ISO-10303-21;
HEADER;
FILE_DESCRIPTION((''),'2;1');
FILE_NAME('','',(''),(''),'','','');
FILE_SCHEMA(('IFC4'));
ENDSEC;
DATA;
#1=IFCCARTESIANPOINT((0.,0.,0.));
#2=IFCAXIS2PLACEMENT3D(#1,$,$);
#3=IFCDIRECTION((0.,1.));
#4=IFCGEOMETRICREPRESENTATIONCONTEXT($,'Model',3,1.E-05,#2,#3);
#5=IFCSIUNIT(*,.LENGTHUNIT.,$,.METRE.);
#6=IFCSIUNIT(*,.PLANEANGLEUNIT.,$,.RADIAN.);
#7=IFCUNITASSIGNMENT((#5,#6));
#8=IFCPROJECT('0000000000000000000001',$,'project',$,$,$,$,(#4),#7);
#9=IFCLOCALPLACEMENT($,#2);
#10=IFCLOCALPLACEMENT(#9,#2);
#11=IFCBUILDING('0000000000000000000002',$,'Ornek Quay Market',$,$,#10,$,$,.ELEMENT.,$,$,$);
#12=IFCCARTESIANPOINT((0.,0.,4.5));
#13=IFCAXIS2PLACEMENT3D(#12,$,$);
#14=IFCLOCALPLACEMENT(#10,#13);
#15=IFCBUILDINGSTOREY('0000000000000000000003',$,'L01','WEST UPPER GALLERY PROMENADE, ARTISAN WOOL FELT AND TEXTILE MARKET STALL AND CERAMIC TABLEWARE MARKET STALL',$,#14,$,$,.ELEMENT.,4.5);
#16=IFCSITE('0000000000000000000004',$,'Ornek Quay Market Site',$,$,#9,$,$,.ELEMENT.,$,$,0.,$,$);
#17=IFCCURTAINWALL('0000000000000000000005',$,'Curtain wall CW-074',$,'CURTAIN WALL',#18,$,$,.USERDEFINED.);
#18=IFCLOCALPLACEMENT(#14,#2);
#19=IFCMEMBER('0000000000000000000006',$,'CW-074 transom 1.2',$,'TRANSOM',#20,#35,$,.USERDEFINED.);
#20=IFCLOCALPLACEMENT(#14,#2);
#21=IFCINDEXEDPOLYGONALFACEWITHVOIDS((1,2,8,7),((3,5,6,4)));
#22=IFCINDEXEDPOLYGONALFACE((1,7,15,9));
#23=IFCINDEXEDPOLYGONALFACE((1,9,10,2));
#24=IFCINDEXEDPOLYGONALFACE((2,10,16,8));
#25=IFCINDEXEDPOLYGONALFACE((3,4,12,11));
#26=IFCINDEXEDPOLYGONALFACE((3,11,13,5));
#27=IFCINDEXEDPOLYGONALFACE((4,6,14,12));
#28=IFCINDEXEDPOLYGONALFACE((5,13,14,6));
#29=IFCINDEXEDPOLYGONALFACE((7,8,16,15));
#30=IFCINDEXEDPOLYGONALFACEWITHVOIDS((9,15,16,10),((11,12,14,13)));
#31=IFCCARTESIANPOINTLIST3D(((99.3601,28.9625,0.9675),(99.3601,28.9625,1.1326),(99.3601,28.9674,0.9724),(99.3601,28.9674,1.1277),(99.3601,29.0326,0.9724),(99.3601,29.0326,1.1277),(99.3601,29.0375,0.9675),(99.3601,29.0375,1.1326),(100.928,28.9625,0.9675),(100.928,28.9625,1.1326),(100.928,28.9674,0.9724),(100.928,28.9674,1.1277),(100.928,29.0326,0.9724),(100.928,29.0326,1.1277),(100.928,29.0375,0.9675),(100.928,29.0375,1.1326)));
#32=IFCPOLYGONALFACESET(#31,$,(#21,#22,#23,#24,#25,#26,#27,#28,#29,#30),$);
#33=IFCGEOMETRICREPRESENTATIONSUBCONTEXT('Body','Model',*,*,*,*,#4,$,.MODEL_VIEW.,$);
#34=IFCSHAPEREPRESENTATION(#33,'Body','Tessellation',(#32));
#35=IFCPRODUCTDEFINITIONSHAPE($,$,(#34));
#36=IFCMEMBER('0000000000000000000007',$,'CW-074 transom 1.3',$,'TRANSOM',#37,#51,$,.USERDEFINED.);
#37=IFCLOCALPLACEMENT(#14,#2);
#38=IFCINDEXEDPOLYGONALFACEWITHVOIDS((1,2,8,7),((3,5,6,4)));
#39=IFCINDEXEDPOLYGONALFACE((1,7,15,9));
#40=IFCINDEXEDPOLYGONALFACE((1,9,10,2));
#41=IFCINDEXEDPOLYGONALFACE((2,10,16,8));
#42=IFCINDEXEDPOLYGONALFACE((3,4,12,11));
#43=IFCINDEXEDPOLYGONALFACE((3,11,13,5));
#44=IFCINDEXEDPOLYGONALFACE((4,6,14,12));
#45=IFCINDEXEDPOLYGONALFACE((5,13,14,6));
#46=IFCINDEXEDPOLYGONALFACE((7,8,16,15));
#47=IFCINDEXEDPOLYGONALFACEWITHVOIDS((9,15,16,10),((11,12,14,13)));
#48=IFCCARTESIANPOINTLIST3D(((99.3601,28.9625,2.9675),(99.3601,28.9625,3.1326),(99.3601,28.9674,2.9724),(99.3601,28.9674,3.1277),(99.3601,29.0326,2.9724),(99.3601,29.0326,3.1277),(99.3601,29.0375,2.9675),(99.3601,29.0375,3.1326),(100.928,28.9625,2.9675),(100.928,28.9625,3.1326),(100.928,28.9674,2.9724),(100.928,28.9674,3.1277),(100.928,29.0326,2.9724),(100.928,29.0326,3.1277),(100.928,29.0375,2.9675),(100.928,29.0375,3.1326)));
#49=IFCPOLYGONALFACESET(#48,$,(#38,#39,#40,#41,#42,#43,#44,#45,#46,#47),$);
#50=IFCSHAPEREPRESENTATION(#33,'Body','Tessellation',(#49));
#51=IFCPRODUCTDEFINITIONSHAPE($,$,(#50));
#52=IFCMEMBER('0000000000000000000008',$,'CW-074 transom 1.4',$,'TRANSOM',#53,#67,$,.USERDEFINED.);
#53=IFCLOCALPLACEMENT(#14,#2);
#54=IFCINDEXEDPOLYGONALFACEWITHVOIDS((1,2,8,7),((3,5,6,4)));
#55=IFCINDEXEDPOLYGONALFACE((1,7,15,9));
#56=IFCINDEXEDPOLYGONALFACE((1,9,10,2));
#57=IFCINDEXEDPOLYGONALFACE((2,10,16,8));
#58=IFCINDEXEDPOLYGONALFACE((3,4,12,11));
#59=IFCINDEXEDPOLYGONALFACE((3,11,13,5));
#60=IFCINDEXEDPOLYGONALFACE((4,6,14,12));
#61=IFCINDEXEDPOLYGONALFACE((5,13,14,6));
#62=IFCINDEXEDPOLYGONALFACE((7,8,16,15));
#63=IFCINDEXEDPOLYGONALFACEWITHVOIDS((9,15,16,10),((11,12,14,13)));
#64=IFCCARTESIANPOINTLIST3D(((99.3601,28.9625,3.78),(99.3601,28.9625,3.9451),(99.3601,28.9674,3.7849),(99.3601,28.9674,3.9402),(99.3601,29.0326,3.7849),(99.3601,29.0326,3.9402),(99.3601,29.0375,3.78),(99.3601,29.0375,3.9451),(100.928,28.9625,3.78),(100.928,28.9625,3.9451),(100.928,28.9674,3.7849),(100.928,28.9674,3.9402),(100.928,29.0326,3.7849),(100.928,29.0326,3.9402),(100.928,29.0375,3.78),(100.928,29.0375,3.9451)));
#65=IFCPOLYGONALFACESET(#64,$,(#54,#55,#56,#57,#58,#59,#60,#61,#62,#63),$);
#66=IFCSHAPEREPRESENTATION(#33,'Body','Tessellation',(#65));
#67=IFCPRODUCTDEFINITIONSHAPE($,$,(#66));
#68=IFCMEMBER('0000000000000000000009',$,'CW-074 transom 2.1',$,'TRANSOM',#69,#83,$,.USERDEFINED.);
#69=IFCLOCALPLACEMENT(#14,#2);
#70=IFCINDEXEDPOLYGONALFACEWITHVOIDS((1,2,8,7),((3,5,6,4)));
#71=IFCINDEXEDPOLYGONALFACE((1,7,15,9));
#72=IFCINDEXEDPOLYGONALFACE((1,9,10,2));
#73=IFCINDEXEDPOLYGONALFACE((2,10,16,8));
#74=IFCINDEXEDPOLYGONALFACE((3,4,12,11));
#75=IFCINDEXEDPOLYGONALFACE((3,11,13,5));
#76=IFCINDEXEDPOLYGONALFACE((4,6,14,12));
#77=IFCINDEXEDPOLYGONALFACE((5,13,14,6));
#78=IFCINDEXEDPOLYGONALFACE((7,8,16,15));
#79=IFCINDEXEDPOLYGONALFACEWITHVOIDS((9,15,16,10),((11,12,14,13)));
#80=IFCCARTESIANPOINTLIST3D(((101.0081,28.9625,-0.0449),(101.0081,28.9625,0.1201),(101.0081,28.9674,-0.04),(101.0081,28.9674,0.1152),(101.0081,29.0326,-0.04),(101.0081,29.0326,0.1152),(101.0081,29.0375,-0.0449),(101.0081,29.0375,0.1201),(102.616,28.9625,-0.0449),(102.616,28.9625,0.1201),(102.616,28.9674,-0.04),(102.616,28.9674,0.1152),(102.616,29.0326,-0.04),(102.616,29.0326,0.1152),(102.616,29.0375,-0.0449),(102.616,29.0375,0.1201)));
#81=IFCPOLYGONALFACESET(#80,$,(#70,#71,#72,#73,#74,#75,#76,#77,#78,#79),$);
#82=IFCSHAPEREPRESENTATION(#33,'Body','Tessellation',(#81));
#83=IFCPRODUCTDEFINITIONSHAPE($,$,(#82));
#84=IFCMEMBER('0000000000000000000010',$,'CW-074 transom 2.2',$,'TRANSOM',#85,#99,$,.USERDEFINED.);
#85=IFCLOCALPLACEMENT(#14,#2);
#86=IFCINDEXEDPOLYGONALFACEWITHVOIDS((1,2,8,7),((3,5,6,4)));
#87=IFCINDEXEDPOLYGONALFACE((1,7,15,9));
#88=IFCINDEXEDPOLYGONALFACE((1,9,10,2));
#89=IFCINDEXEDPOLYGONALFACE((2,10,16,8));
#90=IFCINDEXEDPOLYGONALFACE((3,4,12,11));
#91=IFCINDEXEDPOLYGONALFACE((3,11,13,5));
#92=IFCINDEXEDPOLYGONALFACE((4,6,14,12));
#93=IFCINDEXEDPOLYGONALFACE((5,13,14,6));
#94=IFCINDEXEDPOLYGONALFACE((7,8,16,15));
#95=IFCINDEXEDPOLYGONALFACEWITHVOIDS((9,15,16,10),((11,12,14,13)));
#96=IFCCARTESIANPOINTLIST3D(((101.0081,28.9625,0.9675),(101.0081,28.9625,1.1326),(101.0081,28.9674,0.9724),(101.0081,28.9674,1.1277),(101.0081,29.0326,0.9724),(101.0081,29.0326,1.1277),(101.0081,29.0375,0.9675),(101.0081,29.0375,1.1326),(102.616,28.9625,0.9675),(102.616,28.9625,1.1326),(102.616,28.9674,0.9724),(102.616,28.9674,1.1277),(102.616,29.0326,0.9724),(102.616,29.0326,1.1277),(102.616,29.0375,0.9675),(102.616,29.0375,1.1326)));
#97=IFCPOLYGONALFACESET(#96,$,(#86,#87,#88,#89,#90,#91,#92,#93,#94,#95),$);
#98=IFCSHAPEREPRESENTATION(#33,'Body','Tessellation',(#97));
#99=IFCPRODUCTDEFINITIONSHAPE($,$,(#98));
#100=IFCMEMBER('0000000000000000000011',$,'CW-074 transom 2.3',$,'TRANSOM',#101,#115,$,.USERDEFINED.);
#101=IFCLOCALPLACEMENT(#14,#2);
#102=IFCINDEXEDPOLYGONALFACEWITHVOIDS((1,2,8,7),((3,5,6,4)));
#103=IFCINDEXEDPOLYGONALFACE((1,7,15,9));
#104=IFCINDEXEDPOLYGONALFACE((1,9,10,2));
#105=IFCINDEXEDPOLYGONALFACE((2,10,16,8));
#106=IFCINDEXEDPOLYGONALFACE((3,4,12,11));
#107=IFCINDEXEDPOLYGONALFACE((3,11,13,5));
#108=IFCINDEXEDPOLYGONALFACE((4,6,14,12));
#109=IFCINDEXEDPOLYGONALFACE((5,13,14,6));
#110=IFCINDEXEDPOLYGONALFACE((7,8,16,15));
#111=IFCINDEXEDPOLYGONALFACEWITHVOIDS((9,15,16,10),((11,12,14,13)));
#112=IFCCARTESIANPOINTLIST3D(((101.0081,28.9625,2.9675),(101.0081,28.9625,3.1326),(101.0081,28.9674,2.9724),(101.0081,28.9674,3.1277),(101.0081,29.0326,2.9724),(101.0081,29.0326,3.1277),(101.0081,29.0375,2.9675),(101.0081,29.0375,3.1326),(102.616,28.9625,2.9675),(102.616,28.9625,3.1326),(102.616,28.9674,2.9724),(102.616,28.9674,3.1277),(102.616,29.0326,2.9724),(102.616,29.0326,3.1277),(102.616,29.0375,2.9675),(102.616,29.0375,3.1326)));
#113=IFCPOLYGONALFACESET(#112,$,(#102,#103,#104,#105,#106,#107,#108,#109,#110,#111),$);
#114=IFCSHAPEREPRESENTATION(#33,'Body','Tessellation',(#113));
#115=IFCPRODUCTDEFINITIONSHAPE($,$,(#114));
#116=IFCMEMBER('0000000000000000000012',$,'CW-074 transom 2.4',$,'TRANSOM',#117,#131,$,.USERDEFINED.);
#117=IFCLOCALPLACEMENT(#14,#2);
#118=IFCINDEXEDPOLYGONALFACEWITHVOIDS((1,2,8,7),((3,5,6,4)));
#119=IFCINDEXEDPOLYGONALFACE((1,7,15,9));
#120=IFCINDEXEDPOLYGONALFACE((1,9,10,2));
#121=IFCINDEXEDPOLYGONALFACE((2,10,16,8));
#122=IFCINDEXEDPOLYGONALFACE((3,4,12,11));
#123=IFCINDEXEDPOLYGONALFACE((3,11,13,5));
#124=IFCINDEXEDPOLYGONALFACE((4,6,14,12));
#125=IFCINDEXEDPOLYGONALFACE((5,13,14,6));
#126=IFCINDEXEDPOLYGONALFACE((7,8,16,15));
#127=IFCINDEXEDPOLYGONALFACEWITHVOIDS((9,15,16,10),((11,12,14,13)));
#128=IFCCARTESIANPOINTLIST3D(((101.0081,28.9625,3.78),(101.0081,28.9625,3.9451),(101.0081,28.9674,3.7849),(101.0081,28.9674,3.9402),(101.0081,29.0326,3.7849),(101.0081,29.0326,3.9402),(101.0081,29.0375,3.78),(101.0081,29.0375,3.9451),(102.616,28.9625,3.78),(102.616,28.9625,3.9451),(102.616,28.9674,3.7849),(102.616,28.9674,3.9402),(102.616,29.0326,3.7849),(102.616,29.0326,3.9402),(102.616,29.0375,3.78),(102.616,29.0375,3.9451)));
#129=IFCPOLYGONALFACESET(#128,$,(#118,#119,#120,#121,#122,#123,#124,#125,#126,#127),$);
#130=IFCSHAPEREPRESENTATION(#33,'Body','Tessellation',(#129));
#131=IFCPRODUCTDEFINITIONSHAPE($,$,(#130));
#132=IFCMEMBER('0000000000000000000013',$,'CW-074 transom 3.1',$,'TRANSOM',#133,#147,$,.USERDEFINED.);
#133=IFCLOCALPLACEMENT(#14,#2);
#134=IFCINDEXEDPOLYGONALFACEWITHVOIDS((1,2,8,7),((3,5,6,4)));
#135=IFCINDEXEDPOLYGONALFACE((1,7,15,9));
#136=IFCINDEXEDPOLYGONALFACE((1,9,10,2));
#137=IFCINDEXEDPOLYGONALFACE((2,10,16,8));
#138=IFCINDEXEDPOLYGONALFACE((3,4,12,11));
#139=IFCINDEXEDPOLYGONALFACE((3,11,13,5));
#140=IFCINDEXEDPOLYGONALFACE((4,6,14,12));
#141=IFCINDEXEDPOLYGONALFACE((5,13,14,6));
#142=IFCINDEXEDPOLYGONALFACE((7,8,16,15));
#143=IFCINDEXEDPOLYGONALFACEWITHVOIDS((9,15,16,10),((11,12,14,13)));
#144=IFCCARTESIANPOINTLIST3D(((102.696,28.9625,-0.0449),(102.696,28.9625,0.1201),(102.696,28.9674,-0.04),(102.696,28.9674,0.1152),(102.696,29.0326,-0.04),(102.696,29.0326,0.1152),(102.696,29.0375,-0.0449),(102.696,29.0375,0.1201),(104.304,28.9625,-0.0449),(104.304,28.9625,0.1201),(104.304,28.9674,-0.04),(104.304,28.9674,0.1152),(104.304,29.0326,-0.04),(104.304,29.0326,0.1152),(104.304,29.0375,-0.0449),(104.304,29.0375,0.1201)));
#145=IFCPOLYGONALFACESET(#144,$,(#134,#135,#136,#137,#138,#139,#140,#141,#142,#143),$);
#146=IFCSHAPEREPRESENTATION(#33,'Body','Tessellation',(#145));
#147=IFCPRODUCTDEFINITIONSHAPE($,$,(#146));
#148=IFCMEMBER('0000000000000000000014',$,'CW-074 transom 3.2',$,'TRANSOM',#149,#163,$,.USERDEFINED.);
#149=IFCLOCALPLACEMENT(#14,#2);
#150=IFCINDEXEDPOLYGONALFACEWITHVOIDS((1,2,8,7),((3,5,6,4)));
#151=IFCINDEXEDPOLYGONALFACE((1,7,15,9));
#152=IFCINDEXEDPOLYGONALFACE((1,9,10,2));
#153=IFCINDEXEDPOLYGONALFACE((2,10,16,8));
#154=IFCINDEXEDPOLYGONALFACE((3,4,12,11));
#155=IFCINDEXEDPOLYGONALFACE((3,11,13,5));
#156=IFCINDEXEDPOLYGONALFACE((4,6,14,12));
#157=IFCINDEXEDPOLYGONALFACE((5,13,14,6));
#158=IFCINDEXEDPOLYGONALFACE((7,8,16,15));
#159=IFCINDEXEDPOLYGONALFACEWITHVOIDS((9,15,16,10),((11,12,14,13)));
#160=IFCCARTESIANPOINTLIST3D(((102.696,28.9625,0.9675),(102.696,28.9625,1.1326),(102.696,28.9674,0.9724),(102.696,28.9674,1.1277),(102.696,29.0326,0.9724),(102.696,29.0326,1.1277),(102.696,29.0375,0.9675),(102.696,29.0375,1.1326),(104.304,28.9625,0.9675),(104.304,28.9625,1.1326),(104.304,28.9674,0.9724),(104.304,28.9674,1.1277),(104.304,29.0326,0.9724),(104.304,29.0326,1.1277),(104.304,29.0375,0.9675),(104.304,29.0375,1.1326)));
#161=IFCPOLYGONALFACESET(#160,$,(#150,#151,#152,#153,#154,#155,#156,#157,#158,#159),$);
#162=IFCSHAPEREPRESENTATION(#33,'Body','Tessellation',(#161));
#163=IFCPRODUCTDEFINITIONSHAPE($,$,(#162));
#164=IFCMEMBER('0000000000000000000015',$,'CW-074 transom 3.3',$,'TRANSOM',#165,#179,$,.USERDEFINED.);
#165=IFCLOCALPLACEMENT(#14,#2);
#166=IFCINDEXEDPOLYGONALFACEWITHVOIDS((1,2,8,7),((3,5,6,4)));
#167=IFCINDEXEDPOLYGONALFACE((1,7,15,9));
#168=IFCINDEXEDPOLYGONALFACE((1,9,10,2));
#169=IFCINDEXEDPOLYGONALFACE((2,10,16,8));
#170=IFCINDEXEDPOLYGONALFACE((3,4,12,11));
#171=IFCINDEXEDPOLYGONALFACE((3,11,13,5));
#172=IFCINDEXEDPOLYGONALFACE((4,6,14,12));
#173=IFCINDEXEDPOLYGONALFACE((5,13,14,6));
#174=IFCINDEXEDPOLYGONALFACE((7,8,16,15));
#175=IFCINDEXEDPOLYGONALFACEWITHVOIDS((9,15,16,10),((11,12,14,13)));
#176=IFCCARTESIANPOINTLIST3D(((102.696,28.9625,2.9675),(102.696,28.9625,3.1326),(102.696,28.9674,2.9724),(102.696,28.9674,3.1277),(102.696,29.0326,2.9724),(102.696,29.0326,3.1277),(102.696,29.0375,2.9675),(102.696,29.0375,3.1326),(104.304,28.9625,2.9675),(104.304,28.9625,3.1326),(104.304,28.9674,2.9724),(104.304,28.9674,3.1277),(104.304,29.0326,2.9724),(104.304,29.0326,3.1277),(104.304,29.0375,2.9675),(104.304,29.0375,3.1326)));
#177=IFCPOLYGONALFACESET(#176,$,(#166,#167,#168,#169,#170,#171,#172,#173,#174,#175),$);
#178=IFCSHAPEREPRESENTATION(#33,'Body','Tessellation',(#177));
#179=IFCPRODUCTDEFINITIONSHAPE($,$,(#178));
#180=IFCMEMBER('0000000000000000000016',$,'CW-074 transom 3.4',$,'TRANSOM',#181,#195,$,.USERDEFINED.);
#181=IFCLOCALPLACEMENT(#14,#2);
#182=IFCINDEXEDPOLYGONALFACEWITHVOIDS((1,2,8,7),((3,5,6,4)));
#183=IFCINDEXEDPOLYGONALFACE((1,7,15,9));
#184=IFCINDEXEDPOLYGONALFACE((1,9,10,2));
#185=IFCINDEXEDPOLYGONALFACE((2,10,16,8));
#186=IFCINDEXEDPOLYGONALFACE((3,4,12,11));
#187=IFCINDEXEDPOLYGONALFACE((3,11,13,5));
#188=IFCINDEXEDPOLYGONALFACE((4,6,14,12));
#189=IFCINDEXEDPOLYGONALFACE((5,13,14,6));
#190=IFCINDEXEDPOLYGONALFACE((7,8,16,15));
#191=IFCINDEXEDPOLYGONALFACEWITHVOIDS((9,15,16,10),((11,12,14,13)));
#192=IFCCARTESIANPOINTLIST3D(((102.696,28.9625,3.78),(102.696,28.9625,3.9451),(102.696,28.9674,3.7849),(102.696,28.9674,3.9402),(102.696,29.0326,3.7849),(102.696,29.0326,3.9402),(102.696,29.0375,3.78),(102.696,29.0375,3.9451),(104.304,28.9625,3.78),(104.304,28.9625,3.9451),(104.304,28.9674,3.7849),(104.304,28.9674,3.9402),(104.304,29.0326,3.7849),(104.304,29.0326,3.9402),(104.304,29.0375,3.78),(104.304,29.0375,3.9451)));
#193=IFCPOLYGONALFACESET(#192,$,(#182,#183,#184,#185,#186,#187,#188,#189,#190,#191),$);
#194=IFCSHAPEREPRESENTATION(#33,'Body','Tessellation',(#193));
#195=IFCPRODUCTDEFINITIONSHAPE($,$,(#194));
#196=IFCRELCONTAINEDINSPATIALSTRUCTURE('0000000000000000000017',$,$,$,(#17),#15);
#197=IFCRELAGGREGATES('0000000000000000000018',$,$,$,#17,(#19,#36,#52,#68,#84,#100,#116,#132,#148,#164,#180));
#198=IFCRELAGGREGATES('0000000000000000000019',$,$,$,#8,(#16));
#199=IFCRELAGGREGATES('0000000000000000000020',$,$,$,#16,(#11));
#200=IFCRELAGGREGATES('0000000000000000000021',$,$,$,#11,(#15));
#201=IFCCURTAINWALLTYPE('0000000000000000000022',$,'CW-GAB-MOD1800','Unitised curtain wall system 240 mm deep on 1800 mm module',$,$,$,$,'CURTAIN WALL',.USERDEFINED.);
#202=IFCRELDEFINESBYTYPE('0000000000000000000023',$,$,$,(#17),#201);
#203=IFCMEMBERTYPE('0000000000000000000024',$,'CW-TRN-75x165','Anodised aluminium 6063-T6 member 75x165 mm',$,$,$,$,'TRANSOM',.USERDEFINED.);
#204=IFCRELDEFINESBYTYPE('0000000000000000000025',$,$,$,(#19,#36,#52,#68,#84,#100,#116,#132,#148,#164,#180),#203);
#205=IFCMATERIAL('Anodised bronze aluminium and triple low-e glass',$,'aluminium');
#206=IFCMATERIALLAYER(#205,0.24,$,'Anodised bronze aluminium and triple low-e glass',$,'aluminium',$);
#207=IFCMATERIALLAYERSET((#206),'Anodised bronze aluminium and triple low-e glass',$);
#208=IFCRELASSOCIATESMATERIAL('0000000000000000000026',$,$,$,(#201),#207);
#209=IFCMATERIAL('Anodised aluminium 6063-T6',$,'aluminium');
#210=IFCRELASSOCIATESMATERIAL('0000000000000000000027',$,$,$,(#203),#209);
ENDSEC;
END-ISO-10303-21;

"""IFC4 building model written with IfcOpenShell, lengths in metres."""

from ifc_helpers import new_model, si_unit, direction, frame, origin, origin_2d, place, context, subcontext, project, spatial, hollow_rectangle, extrude, material, layer, layer_set, material_profile, profile_set, type_object, element, aggregate, save


model = new_model("IFC4")

# Units and contexts
model_context = context("Model", 3, precision=1e-05, world=origin(), true_north=direction((0.0, 1.0)))
body_context = subcontext(model_context, "Body", "Model", "MODEL_VIEW")
ifc_project = project(units=[si_unit("LENGTHUNIT", "METRE"), si_unit("PLANEANGLEUNIT", "RADIAN")], contexts=[model_context])

# Site, building, storey
site_placement = place(None, origin())
site = spatial("IfcSite", under=ifc_project, at=site_placement, Name="Ornek Quay Market Site", CompositionType="ELEMENT", RefElevation=0.0)
building_placement = place(site_placement, origin())
building = spatial("IfcBuilding", under=site, at=building_placement, Name="Ornek Quay Market", CompositionType="ELEMENT")
storey_placement = place(building_placement, frame((0.0, 0.0, 4.5)))
storey = spatial("IfcBuildingStorey", under=building, at=storey_placement, Name="L01", Description="WEST UPPER GALLERY PROMENADE, ARTISAN WOOL FELT AND TEXTILE MARKET STALL AND CERAMIC TABLEWARE MARKET STALL", CompositionType="ELEMENT", Elevation=4.5)

# Curtain wall
ifc_material_1 = material(Name="Anodised bronze aluminium and triple low-e glass", Category="aluminium")
ifc_layer_1 = layer(ifc_material_1, 0.24, Name="Anodised bronze aluminium and triple low-e glass", Category="aluminium")
ifc_layer_set_1 = layer_set([ifc_layer_1], Name="Anodised bronze aluminium and triple low-e glass")
curtain_wall_type = type_object("IfcCurtainWallType", Name="CW-GAB-MOD1800", Description="Unitised curtain wall system 240 mm deep on 1800 mm module", ElementType="CURTAIN WALL", PredefinedType="USERDEFINED", material=ifc_layer_set_1)
ifc_material_2 = material(Name="Anodised aluminium 6063-T6", Category="aluminium")
curtain_wall_1_placement = place(storey_placement, origin())
curtain_wall_1 = element("IfcCurtainWall", 1, at=curtain_wall_1_placement, inside=storey, type_object=curtain_wall_type, Name="Curtain wall CW-074", ObjectType="CURTAIN WALL", PredefinedType="USERDEFINED")

# Members
ifc_material_profile_1 = material_profile(ifc_material_2, hollow_rectangle(XDim=0.075, YDim=0.165, WallThickness=0.0049, at=origin_2d()), Name="CW-TRN-75x165", Category="aluminium")
ifc_profile_set_1 = profile_set([ifc_material_profile_1], Name="Anodised aluminium 6063-T6")
member_type_1 = type_object("IfcMemberType", Name="CW-TRN-75x165", Description="Anodised aluminium 6063-T6 member 75x165 mm", ElementType="TRANSOM", PredefinedType="USERDEFINED", material=ifc_profile_set_1)
member_1_placement = place(storey_placement, frame((99.3601, 29.0, 1.05), z_axis=(1.0, 0.0, 0.0), x_axis=(0.0, 1.0, 0.0)))
member_1 = element("IfcMember", 2, at=member_1_placement, type_object=member_type_1, Name="CW-074 transom 1.2", ObjectType="TRANSOM", PredefinedType="USERDEFINED", context=body_context, shape_type="SweptSolid", body=[
    extrude(hollow_rectangle(XDim=0.075, YDim=0.165, WallThickness=0.0049, at=origin_2d()), origin(), (0.0, 0.0, 1.0), 1.5679),
])
member_2_placement = place(storey_placement, frame((99.3601, 29.0, 3.05), z_axis=(1.0, 0.0, 0.0), x_axis=(0.0, 1.0, 0.0)))
member_2 = element("IfcMember", 3, at=member_2_placement, type_object=member_type_1, Name="CW-074 transom 1.3", ObjectType="TRANSOM", PredefinedType="USERDEFINED", context=body_context, shape_type="SweptSolid", body=[
    extrude(hollow_rectangle(XDim=0.075, YDim=0.165, WallThickness=0.0049, at=origin_2d()), origin(), (0.0, 0.0, 1.0), 1.5679),
])
member_3_placement = place(storey_placement, frame((99.3601, 29.0, 3.8625), z_axis=(1.0, 0.0, 0.0), x_axis=(0.0, 1.0, 0.0)))
member_3 = element("IfcMember", 4, at=member_3_placement, type_object=member_type_1, Name="CW-074 transom 1.4", ObjectType="TRANSOM", PredefinedType="USERDEFINED", context=body_context, shape_type="SweptSolid", body=[
    extrude(hollow_rectangle(XDim=0.075, YDim=0.165, WallThickness=0.0049, at=origin_2d()), origin(), (0.0, 0.0, 1.0), 1.5679),
])
member_4_placement = place(storey_placement, frame((101.0081, 29.0, 0.0376), z_axis=(1.0, 0.0, 0.0), x_axis=(0.0, 1.0, 0.0)))
member_4 = element("IfcMember", 5, at=member_4_placement, type_object=member_type_1, Name="CW-074 transom 2.1", ObjectType="TRANSOM", PredefinedType="USERDEFINED", context=body_context, shape_type="SweptSolid", body=[
    extrude(hollow_rectangle(XDim=0.075, YDim=0.165, WallThickness=0.0049, at=origin_2d()), origin(), (0.0, 0.0, 1.0), 1.6079),
])
member_5_placement = place(storey_placement, frame((101.0081, 29.0, 1.05), z_axis=(1.0, 0.0, 0.0), x_axis=(0.0, 1.0, 0.0)))
member_5 = element("IfcMember", 6, at=member_5_placement, type_object=member_type_1, Name="CW-074 transom 2.2", ObjectType="TRANSOM", PredefinedType="USERDEFINED", context=body_context, shape_type="SweptSolid", body=[
    extrude(hollow_rectangle(XDim=0.075, YDim=0.165, WallThickness=0.0049, at=origin_2d()), origin(), (0.0, 0.0, 1.0), 1.6079),
])
member_6_placement = place(storey_placement, frame((101.0081, 29.0, 3.05), z_axis=(1.0, 0.0, 0.0), x_axis=(0.0, 1.0, 0.0)))
member_6 = element("IfcMember", 7, at=member_6_placement, type_object=member_type_1, Name="CW-074 transom 2.3", ObjectType="TRANSOM", PredefinedType="USERDEFINED", context=body_context, shape_type="SweptSolid", body=[
    extrude(hollow_rectangle(XDim=0.075, YDim=0.165, WallThickness=0.0049, at=origin_2d()), origin(), (0.0, 0.0, 1.0), 1.6079),
])
member_7_placement = place(storey_placement, frame((101.0081, 29.0, 3.8625), z_axis=(1.0, 0.0, 0.0), x_axis=(0.0, 1.0, 0.0)))
member_7 = element("IfcMember", 8, at=member_7_placement, type_object=member_type_1, Name="CW-074 transom 2.4", ObjectType="TRANSOM", PredefinedType="USERDEFINED", context=body_context, shape_type="SweptSolid", body=[
    extrude(hollow_rectangle(XDim=0.075, YDim=0.165, WallThickness=0.0049, at=origin_2d()), origin(), (0.0, 0.0, 1.0), 1.6079),
])
member_8_placement = place(storey_placement, frame((102.696, 29.0, 0.0376), z_axis=(1.0, 0.0, 0.0), x_axis=(0.0, 1.0, 0.0)))
member_8 = element("IfcMember", 9, at=member_8_placement, type_object=member_type_1, Name="CW-074 transom 3.1", ObjectType="TRANSOM", PredefinedType="USERDEFINED", context=body_context, shape_type="SweptSolid", body=[
    extrude(hollow_rectangle(XDim=0.075, YDim=0.165, WallThickness=0.0049, at=origin_2d()), origin(), (0.0, 0.0, 1.0), 1.6079),
])
member_9_placement = place(storey_placement, frame((102.696, 29.0, 1.05), z_axis=(1.0, 0.0, 0.0), x_axis=(0.0, 1.0, 0.0)))
member_9 = element("IfcMember", 10, at=member_9_placement, type_object=member_type_1, Name="CW-074 transom 3.2", ObjectType="TRANSOM", PredefinedType="USERDEFINED", context=body_context, shape_type="SweptSolid", body=[
    extrude(hollow_rectangle(XDim=0.075, YDim=0.165, WallThickness=0.0049, at=origin_2d()), origin(), (0.0, 0.0, 1.0), 1.6079),
])
member_10_placement = place(storey_placement, frame((102.696, 29.0, 3.05), z_axis=(1.0, 0.0, 0.0), x_axis=(0.0, 1.0, 0.0)))
member_10 = element("IfcMember", 11, at=member_10_placement, type_object=member_type_1, Name="CW-074 transom 3.3", ObjectType="TRANSOM", PredefinedType="USERDEFINED", context=body_context, shape_type="SweptSolid", body=[
    extrude(hollow_rectangle(XDim=0.075, YDim=0.165, WallThickness=0.0049, at=origin_2d()), origin(), (0.0, 0.0, 1.0), 1.6079),
])
member_11_placement = place(storey_placement, frame((102.696, 29.0, 3.8625), z_axis=(1.0, 0.0, 0.0), x_axis=(0.0, 1.0, 0.0)))
member_11 = element("IfcMember", 12, at=member_11_placement, type_object=member_type_1, Name="CW-074 transom 3.4", ObjectType="TRANSOM", PredefinedType="USERDEFINED", context=body_context, shape_type="SweptSolid", body=[
    extrude(hollow_rectangle(XDim=0.075, YDim=0.165, WallThickness=0.0049, at=origin_2d()), origin(), (0.0, 0.0, 1.0), 1.6079),
])

aggregate(curtain_wall_1, [member_1, member_2, member_3, member_4, member_5, member_6, member_7, member_8, member_9, member_10, member_11])

save(model, "model.ifc")
